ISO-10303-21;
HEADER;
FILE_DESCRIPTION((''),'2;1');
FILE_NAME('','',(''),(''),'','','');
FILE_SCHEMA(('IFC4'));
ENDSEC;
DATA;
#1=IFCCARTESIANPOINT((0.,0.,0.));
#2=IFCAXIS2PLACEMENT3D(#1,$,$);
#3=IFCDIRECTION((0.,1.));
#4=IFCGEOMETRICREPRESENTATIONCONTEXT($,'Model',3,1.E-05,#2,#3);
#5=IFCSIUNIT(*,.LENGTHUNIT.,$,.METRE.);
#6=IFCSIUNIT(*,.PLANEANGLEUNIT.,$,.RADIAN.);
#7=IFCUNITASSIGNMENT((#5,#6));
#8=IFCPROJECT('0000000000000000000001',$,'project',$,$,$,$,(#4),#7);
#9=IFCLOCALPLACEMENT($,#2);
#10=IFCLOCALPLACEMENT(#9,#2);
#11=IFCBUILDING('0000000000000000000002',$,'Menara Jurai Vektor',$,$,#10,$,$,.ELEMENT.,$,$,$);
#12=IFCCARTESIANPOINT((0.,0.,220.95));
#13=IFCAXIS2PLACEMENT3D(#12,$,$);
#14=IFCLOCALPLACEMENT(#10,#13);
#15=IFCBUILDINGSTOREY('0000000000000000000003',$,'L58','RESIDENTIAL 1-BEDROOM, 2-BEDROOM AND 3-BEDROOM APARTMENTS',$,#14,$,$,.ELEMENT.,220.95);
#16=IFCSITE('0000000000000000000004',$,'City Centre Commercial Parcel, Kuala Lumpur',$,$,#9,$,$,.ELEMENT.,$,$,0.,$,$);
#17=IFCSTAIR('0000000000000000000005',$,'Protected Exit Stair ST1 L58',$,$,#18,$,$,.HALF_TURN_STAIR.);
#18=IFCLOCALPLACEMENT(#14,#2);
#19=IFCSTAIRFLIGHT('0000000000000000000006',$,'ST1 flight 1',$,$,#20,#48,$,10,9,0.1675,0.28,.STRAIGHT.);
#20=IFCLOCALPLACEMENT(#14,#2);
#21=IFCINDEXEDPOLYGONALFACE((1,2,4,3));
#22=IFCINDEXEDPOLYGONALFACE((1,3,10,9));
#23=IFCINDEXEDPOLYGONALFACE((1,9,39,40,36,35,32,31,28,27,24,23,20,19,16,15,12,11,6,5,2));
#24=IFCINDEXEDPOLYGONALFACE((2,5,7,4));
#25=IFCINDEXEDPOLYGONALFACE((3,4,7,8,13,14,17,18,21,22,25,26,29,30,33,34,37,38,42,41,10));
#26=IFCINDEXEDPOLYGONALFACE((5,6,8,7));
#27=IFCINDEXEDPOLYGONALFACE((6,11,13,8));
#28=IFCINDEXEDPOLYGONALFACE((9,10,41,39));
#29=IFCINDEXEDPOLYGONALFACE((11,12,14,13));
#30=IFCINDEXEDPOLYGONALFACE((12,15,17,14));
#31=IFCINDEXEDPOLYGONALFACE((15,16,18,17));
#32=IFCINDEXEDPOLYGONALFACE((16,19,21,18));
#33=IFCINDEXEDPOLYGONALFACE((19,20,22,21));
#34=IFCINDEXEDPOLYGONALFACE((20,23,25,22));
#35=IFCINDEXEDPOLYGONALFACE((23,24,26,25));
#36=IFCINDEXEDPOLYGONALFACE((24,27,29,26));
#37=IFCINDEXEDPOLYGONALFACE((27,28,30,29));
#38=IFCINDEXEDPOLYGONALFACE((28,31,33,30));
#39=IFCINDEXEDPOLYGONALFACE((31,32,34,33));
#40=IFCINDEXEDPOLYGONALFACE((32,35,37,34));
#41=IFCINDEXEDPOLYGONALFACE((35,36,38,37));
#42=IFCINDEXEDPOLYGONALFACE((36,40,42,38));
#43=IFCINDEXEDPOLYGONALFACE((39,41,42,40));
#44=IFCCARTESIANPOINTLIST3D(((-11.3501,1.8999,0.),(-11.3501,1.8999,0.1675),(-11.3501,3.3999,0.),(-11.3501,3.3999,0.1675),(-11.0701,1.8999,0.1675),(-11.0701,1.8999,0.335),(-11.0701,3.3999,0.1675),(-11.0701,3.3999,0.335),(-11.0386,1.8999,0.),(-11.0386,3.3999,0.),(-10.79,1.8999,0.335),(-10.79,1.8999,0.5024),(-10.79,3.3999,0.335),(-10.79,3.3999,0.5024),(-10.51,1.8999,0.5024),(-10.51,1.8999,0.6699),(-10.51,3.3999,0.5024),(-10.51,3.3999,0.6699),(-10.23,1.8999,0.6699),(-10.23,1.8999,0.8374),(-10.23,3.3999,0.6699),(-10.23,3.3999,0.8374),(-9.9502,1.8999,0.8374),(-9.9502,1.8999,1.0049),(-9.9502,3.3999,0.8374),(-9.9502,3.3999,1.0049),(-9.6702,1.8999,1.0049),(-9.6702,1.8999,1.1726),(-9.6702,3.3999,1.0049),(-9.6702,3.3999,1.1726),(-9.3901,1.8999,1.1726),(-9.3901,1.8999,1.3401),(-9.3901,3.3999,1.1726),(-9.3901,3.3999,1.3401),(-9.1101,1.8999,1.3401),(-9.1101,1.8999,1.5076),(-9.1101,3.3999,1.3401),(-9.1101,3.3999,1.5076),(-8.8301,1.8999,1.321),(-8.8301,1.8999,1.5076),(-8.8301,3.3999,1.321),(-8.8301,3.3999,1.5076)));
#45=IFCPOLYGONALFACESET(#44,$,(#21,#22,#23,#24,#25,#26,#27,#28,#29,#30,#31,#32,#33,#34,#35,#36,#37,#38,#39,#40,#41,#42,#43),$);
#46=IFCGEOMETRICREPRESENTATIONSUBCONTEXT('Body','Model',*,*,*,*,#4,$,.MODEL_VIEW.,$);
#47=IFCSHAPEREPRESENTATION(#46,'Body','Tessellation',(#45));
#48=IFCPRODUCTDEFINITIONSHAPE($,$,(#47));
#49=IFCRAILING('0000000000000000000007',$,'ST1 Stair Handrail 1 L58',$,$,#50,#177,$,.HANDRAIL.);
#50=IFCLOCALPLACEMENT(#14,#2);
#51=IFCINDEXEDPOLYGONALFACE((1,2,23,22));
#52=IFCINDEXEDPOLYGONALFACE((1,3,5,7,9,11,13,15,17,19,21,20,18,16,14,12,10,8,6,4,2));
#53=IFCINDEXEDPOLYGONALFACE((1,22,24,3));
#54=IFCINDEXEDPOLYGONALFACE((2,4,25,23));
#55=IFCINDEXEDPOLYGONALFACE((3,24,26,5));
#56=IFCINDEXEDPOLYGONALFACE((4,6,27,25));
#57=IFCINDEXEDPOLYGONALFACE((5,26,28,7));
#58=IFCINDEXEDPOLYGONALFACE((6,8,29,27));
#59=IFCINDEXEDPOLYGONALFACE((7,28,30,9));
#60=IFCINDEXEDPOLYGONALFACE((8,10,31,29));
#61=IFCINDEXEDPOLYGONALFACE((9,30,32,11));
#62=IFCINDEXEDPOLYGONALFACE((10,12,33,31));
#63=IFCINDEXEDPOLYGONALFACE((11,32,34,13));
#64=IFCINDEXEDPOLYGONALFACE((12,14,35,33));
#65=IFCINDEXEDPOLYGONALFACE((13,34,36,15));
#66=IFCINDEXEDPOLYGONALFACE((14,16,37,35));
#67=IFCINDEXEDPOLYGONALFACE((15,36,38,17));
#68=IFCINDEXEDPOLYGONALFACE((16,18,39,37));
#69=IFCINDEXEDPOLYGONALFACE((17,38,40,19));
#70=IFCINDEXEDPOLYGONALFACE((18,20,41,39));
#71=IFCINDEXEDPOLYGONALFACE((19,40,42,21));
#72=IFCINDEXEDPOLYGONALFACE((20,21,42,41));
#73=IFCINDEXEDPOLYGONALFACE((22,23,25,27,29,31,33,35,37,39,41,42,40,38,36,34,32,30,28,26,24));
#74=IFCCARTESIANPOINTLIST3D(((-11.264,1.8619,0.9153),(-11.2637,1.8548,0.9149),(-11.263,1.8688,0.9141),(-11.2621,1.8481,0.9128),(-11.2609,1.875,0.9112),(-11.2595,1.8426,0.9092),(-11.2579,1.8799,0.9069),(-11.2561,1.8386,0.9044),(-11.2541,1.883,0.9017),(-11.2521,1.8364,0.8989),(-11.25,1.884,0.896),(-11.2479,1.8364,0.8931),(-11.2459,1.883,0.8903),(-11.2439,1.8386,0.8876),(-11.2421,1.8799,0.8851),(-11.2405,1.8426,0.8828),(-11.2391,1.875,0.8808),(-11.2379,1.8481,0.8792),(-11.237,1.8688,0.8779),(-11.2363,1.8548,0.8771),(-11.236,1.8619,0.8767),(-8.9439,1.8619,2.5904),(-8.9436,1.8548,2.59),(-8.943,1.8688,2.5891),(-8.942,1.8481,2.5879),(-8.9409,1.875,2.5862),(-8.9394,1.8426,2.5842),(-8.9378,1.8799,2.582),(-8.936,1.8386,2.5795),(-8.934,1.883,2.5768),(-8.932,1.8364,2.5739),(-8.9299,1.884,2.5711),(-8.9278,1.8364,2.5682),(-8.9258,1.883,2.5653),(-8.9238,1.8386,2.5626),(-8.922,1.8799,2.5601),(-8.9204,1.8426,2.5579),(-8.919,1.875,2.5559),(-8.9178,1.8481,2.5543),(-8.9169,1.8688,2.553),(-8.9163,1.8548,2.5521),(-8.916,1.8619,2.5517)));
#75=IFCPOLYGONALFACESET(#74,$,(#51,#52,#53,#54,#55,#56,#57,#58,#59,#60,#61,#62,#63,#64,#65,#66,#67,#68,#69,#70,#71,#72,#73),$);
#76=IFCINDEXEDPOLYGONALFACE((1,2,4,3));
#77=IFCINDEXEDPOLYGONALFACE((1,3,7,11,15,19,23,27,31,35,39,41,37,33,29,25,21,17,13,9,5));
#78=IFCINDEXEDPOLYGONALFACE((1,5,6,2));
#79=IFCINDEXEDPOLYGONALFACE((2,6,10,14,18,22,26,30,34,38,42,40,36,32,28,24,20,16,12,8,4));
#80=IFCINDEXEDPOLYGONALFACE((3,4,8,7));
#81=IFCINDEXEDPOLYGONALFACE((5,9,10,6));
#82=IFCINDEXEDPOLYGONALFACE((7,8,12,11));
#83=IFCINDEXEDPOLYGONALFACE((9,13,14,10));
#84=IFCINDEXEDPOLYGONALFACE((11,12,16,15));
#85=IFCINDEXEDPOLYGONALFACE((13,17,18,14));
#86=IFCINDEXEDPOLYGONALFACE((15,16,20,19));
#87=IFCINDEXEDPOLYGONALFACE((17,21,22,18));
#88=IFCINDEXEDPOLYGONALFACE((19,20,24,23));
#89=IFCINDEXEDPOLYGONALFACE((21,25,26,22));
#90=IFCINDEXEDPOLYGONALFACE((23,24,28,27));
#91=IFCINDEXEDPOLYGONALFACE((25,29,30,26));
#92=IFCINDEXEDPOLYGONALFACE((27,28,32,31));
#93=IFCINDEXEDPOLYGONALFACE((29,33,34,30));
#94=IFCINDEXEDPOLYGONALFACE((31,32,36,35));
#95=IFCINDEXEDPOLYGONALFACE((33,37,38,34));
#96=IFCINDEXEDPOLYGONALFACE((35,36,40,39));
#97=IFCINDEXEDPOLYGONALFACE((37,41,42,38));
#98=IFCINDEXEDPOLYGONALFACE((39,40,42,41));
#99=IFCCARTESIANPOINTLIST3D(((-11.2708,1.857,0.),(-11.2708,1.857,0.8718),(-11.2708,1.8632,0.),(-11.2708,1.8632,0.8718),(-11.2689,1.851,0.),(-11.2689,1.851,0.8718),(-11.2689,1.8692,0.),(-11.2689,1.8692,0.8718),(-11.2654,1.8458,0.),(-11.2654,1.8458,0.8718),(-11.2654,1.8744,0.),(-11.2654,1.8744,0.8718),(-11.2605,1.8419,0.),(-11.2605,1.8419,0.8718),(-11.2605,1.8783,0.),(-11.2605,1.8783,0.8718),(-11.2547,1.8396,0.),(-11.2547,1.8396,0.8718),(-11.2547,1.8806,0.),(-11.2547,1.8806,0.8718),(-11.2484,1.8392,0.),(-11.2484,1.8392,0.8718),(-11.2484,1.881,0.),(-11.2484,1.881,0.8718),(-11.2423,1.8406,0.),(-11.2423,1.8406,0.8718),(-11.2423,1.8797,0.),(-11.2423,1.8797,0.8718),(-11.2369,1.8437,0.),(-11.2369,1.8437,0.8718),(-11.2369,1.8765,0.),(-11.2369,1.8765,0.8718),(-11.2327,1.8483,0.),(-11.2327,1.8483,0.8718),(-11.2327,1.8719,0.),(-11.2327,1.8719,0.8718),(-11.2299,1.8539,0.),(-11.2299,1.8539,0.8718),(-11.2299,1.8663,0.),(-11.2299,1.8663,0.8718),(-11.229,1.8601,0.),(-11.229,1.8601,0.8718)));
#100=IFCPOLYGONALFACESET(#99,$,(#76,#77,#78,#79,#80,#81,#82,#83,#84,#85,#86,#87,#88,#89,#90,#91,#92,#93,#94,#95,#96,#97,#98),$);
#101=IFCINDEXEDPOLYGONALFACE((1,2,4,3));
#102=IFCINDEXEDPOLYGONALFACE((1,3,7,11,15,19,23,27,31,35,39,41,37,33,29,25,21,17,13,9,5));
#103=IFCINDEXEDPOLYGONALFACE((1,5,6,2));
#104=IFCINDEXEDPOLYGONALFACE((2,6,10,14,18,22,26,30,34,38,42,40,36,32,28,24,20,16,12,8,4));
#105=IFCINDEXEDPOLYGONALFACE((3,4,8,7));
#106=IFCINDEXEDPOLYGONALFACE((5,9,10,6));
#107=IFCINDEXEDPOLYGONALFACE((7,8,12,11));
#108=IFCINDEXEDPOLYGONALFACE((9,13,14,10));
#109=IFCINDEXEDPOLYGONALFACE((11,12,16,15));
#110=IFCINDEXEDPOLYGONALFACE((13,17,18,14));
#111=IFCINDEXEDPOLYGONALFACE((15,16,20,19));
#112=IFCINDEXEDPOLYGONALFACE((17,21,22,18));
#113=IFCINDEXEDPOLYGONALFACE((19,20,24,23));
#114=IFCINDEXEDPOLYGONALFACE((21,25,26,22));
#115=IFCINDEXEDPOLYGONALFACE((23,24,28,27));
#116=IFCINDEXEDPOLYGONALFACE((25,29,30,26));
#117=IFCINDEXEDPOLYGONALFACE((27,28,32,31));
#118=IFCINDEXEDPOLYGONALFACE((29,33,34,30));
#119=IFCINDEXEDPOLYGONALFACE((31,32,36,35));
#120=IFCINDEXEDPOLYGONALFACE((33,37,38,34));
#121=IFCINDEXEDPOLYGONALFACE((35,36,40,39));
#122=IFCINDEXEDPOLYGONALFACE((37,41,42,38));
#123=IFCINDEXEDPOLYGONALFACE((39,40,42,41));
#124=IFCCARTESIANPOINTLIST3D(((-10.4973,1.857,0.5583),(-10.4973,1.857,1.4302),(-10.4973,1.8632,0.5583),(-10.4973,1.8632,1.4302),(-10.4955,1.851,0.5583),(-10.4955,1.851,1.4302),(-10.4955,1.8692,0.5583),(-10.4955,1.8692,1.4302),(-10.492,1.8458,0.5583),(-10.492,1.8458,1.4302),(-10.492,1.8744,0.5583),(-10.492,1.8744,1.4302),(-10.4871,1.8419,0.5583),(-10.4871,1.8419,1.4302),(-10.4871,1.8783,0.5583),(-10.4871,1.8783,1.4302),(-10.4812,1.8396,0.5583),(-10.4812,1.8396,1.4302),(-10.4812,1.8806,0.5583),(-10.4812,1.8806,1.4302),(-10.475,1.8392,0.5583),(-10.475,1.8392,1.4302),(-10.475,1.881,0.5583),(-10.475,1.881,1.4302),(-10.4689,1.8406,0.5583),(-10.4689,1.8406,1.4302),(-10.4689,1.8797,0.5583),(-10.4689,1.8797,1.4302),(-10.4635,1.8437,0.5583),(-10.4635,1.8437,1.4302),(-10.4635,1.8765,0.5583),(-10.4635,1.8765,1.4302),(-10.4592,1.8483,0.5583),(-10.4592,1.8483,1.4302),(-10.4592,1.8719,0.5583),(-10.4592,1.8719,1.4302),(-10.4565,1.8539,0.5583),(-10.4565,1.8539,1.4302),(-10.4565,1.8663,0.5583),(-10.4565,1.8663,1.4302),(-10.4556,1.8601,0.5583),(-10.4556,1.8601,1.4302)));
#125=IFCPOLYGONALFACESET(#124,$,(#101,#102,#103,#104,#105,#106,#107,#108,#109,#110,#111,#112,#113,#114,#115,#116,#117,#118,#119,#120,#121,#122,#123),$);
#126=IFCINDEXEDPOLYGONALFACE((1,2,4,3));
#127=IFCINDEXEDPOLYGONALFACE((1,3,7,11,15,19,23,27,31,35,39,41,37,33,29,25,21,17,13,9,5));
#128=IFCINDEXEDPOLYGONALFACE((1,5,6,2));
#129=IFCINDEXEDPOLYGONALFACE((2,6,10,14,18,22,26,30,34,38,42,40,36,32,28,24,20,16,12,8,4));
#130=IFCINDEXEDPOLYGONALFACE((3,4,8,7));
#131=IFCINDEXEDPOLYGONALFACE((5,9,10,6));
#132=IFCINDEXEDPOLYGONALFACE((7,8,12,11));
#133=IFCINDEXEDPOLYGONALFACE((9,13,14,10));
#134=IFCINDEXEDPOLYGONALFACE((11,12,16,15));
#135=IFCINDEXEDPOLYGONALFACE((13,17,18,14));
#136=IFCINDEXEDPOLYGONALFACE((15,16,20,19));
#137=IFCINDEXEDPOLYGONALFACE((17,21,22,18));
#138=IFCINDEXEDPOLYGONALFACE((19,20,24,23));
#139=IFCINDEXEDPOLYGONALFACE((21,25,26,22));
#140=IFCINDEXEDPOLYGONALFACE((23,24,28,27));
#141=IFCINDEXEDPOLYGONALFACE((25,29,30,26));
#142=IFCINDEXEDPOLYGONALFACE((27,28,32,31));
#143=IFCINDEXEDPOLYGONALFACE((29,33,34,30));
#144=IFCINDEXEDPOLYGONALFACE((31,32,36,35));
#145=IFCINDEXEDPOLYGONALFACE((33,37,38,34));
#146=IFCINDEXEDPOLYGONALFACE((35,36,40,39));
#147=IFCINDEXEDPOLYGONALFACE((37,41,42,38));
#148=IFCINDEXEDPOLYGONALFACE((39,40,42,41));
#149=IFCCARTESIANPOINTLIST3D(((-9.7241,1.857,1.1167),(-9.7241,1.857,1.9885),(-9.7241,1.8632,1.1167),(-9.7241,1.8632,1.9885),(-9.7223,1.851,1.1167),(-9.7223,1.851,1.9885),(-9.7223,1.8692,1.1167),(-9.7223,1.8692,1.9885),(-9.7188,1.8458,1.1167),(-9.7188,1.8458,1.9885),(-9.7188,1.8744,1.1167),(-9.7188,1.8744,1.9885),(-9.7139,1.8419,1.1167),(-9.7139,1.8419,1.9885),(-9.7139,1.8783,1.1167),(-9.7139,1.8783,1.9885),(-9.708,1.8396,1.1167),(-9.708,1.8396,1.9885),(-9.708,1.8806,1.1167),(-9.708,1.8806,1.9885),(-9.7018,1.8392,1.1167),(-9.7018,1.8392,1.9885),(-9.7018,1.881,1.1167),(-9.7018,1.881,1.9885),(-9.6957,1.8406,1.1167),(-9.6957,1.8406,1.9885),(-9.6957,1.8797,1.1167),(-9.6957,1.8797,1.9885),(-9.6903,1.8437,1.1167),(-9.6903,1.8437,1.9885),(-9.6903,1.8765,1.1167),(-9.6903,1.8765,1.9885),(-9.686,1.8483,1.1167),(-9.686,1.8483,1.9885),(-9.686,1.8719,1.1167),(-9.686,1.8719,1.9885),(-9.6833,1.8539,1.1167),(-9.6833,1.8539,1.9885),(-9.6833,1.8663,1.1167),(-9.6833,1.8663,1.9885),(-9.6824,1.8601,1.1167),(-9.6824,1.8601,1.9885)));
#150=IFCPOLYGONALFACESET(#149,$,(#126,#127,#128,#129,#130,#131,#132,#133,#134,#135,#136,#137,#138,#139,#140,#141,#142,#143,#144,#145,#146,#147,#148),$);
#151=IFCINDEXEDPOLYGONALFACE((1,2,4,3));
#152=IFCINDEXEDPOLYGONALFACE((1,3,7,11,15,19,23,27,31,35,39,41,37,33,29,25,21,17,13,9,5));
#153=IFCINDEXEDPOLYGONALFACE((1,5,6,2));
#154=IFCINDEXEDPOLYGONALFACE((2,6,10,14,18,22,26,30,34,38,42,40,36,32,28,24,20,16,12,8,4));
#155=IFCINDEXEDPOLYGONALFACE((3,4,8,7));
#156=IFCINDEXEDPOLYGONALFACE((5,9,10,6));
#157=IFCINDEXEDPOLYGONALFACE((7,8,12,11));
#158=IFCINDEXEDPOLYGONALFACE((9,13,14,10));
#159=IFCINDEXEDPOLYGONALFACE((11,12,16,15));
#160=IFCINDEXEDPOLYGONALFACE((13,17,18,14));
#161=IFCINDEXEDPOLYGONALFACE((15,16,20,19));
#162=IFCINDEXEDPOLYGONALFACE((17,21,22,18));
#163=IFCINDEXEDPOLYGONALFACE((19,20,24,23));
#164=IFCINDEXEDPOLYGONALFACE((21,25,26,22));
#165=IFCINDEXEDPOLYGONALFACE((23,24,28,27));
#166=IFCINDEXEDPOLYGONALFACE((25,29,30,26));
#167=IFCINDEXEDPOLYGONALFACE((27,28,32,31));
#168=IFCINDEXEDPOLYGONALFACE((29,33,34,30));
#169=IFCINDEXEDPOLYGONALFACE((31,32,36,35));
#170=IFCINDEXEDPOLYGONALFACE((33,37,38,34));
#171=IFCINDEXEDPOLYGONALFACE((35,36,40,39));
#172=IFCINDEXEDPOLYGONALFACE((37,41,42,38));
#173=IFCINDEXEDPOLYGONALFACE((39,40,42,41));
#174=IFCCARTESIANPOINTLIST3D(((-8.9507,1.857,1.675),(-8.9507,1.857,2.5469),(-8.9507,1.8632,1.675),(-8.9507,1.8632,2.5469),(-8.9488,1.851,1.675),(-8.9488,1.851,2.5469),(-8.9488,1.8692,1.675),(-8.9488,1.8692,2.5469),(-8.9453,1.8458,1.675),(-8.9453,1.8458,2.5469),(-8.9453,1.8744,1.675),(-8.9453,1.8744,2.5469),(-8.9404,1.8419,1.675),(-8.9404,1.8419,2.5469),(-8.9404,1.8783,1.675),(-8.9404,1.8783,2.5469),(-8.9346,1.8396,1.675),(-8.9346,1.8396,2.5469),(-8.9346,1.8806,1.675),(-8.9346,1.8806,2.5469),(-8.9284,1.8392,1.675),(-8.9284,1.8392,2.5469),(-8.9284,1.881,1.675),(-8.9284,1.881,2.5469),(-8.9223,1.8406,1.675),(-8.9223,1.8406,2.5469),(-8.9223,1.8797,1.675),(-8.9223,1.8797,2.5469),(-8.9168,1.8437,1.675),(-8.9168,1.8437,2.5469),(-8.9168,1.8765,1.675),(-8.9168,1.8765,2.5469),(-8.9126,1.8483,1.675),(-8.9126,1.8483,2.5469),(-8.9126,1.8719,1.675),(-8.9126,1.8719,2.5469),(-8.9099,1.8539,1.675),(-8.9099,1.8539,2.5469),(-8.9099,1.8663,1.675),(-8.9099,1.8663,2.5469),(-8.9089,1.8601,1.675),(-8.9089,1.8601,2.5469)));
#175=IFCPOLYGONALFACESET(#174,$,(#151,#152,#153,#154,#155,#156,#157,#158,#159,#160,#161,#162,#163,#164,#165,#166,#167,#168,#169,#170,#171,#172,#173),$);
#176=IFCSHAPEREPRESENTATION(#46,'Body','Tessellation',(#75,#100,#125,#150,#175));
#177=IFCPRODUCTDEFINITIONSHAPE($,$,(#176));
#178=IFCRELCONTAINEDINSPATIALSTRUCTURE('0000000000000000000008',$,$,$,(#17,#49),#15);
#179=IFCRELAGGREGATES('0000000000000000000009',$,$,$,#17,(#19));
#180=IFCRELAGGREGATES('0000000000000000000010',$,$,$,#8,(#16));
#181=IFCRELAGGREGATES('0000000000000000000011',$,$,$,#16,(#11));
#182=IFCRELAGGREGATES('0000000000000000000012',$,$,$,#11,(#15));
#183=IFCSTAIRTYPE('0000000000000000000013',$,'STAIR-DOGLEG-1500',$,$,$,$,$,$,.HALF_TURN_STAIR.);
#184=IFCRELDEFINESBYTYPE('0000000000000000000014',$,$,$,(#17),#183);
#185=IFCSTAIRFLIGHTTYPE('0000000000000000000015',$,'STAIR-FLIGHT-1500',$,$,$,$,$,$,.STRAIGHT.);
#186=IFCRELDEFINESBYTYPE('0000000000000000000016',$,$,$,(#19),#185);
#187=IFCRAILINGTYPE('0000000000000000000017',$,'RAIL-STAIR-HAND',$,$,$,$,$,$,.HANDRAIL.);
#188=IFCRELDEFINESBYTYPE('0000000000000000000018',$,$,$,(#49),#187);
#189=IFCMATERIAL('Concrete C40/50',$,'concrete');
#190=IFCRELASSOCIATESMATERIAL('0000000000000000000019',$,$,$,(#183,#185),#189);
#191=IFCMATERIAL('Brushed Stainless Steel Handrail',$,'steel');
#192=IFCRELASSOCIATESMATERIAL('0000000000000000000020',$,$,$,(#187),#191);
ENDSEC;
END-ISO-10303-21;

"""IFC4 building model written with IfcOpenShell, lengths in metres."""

from ifc_helpers import new_model, si_unit, direction, frame, origin, origin_2d, place, context, subcontext, project, spatial, polyline, circle, outline, extrude, material, type_object, element, aggregate, save


model = new_model("IFC4")

# Units and contexts
model_context = context("Model", 3, precision=1e-05, world=origin(), true_north=direction((0.0, 1.0)))
body_context = subcontext(model_context, "Body", "Model", "MODEL_VIEW")
ifc_project = project(units=[si_unit("LENGTHUNIT", "METRE"), si_unit("PLANEANGLEUNIT", "RADIAN")], contexts=[model_context])

# Site, building, storey
site_placement = place(None, origin())
site = spatial("IfcSite", under=ifc_project, at=site_placement, Name="City Centre Commercial Parcel, Kuala Lumpur", CompositionType="ELEMENT", RefElevation=0.0)
building_placement = place(site_placement, origin())
building = spatial("IfcBuilding", under=site, at=building_placement, Name="Menara Jurai Vektor", CompositionType="ELEMENT")
storey_placement = place(building_placement, frame((0.0, 0.0, 220.95)))
storey = spatial("IfcBuildingStorey", under=building, at=storey_placement, Name="L58", Description="RESIDENTIAL 1-BEDROOM, 2-BEDROOM AND 3-BEDROOM APARTMENTS", CompositionType="ELEMENT", Elevation=220.95)

# Shared definitions
ifc_material_1 = material(Name="Concrete C40/50", Category="concrete")

# Stair, stair flight
stair_type = type_object("IfcStairType", Name="STAIR-DOGLEG-1500", PredefinedType="HALF_TURN_STAIR", material=ifc_material_1)
stair_placement = place(storey_placement, origin())
stair = element("IfcStair", 1, at=stair_placement, inside=storey, type_object=stair_type, Name="Protected Exit Stair ST1 L58", PredefinedType="HALF_TURN_STAIR")
stair_flight_type = type_object("IfcStairFlightType", Name="STAIR-FLIGHT-1500", PredefinedType="STRAIGHT", material=ifc_material_1)
stair_flight_placement = place(storey_placement, frame((-11.3501, 2.6499, 0.0), z_axis=(0.0, 0.0, 1.0), x_axis=(1.0, 0.0, 0.0)))
stair_flight = element("IfcStairFlight", 2, at=stair_flight_placement, type_object=stair_flight_type, Name="ST1 flight 1", NumberOfRisers=10, NumberOfTreads=9, PredefinedType="STRAIGHT", RiserHeight=0.1675, TreadLength=0.28, context=body_context, shape_type="SweptSolid", body=[
    extrude(outline(polyline([(0.0, 0.0), (0.0, 0.1675), (0.28, 0.1675), (0.28, 0.335), (0.5601, 0.335), (0.5601, 0.5024), (0.8401, 0.5024), (0.8401, 0.6699), (1.1201, 0.6699), (1.1201, 0.8374), (1.3999, 0.8374), (1.3999, 1.0049), (1.6799, 1.0049), (1.6799, 1.1726), (1.96, 1.1726), (1.96, 1.3401), (2.24, 1.3401), (2.24, 1.5076), (2.52, 1.5076), (2.52, 1.675), (2.52, 1.321), (0.3115, 0.0), (0.0, 0.0)])), frame((0.0, 0.75, 0.0), z_axis=(0.0, -1.0, 0.0), x_axis=(1.0, 0.0, 0.0)), (0.0, 0.0, 1.0), 1.5),
])
aggregate(stair, [stair_flight])

# Railing
ifc_material_2 = material(Name="Brushed Stainless Steel Handrail", Category="steel")
railing_type_1 = type_object("IfcRailingType", Name="RAIL-STAIR-HAND", PredefinedType="HANDRAIL", material=ifc_material_2)
railing_1_placement = place(storey_placement, frame((-11.25, 1.8601, 0.0)))
element("IfcRailing", 3, at=railing_1_placement, inside=storey, type_object=railing_type_1, Name="ST1 Stair Handrail 1 L58", PredefinedType="HANDRAIL", context=body_context, shape_type="SweptSolid", body=[
    extrude(circle(Radius=0.0239, at=origin_2d()), frame((0.0, 0.0, 0.896), z_axis=(0.810771, 0.0, 0.585363), x_axis=(0.0, 1.0, 0.0)), (0.0, 0.0, 1.0), 2.8616),
    extrude(circle(Radius=0.021, at=origin_2d()), origin(), (0.0, 0.0, 1.0), 0.8718),
    extrude(circle(Radius=0.021, at=origin_2d()), frame((0.7734, 0.0, 0.5583)), (0.0, 0.0, 1.0), 0.8718),
    extrude(circle(Radius=0.021, at=origin_2d()), frame((1.5466, 0.0, 1.1167)), (0.0, 0.0, 1.0), 0.8718),
    extrude(circle(Radius=0.021, at=origin_2d()), frame((2.3201, 0.0, 1.675)), (0.0, 0.0, 1.0), 0.8718),
])

save(model, "model.ifc")
